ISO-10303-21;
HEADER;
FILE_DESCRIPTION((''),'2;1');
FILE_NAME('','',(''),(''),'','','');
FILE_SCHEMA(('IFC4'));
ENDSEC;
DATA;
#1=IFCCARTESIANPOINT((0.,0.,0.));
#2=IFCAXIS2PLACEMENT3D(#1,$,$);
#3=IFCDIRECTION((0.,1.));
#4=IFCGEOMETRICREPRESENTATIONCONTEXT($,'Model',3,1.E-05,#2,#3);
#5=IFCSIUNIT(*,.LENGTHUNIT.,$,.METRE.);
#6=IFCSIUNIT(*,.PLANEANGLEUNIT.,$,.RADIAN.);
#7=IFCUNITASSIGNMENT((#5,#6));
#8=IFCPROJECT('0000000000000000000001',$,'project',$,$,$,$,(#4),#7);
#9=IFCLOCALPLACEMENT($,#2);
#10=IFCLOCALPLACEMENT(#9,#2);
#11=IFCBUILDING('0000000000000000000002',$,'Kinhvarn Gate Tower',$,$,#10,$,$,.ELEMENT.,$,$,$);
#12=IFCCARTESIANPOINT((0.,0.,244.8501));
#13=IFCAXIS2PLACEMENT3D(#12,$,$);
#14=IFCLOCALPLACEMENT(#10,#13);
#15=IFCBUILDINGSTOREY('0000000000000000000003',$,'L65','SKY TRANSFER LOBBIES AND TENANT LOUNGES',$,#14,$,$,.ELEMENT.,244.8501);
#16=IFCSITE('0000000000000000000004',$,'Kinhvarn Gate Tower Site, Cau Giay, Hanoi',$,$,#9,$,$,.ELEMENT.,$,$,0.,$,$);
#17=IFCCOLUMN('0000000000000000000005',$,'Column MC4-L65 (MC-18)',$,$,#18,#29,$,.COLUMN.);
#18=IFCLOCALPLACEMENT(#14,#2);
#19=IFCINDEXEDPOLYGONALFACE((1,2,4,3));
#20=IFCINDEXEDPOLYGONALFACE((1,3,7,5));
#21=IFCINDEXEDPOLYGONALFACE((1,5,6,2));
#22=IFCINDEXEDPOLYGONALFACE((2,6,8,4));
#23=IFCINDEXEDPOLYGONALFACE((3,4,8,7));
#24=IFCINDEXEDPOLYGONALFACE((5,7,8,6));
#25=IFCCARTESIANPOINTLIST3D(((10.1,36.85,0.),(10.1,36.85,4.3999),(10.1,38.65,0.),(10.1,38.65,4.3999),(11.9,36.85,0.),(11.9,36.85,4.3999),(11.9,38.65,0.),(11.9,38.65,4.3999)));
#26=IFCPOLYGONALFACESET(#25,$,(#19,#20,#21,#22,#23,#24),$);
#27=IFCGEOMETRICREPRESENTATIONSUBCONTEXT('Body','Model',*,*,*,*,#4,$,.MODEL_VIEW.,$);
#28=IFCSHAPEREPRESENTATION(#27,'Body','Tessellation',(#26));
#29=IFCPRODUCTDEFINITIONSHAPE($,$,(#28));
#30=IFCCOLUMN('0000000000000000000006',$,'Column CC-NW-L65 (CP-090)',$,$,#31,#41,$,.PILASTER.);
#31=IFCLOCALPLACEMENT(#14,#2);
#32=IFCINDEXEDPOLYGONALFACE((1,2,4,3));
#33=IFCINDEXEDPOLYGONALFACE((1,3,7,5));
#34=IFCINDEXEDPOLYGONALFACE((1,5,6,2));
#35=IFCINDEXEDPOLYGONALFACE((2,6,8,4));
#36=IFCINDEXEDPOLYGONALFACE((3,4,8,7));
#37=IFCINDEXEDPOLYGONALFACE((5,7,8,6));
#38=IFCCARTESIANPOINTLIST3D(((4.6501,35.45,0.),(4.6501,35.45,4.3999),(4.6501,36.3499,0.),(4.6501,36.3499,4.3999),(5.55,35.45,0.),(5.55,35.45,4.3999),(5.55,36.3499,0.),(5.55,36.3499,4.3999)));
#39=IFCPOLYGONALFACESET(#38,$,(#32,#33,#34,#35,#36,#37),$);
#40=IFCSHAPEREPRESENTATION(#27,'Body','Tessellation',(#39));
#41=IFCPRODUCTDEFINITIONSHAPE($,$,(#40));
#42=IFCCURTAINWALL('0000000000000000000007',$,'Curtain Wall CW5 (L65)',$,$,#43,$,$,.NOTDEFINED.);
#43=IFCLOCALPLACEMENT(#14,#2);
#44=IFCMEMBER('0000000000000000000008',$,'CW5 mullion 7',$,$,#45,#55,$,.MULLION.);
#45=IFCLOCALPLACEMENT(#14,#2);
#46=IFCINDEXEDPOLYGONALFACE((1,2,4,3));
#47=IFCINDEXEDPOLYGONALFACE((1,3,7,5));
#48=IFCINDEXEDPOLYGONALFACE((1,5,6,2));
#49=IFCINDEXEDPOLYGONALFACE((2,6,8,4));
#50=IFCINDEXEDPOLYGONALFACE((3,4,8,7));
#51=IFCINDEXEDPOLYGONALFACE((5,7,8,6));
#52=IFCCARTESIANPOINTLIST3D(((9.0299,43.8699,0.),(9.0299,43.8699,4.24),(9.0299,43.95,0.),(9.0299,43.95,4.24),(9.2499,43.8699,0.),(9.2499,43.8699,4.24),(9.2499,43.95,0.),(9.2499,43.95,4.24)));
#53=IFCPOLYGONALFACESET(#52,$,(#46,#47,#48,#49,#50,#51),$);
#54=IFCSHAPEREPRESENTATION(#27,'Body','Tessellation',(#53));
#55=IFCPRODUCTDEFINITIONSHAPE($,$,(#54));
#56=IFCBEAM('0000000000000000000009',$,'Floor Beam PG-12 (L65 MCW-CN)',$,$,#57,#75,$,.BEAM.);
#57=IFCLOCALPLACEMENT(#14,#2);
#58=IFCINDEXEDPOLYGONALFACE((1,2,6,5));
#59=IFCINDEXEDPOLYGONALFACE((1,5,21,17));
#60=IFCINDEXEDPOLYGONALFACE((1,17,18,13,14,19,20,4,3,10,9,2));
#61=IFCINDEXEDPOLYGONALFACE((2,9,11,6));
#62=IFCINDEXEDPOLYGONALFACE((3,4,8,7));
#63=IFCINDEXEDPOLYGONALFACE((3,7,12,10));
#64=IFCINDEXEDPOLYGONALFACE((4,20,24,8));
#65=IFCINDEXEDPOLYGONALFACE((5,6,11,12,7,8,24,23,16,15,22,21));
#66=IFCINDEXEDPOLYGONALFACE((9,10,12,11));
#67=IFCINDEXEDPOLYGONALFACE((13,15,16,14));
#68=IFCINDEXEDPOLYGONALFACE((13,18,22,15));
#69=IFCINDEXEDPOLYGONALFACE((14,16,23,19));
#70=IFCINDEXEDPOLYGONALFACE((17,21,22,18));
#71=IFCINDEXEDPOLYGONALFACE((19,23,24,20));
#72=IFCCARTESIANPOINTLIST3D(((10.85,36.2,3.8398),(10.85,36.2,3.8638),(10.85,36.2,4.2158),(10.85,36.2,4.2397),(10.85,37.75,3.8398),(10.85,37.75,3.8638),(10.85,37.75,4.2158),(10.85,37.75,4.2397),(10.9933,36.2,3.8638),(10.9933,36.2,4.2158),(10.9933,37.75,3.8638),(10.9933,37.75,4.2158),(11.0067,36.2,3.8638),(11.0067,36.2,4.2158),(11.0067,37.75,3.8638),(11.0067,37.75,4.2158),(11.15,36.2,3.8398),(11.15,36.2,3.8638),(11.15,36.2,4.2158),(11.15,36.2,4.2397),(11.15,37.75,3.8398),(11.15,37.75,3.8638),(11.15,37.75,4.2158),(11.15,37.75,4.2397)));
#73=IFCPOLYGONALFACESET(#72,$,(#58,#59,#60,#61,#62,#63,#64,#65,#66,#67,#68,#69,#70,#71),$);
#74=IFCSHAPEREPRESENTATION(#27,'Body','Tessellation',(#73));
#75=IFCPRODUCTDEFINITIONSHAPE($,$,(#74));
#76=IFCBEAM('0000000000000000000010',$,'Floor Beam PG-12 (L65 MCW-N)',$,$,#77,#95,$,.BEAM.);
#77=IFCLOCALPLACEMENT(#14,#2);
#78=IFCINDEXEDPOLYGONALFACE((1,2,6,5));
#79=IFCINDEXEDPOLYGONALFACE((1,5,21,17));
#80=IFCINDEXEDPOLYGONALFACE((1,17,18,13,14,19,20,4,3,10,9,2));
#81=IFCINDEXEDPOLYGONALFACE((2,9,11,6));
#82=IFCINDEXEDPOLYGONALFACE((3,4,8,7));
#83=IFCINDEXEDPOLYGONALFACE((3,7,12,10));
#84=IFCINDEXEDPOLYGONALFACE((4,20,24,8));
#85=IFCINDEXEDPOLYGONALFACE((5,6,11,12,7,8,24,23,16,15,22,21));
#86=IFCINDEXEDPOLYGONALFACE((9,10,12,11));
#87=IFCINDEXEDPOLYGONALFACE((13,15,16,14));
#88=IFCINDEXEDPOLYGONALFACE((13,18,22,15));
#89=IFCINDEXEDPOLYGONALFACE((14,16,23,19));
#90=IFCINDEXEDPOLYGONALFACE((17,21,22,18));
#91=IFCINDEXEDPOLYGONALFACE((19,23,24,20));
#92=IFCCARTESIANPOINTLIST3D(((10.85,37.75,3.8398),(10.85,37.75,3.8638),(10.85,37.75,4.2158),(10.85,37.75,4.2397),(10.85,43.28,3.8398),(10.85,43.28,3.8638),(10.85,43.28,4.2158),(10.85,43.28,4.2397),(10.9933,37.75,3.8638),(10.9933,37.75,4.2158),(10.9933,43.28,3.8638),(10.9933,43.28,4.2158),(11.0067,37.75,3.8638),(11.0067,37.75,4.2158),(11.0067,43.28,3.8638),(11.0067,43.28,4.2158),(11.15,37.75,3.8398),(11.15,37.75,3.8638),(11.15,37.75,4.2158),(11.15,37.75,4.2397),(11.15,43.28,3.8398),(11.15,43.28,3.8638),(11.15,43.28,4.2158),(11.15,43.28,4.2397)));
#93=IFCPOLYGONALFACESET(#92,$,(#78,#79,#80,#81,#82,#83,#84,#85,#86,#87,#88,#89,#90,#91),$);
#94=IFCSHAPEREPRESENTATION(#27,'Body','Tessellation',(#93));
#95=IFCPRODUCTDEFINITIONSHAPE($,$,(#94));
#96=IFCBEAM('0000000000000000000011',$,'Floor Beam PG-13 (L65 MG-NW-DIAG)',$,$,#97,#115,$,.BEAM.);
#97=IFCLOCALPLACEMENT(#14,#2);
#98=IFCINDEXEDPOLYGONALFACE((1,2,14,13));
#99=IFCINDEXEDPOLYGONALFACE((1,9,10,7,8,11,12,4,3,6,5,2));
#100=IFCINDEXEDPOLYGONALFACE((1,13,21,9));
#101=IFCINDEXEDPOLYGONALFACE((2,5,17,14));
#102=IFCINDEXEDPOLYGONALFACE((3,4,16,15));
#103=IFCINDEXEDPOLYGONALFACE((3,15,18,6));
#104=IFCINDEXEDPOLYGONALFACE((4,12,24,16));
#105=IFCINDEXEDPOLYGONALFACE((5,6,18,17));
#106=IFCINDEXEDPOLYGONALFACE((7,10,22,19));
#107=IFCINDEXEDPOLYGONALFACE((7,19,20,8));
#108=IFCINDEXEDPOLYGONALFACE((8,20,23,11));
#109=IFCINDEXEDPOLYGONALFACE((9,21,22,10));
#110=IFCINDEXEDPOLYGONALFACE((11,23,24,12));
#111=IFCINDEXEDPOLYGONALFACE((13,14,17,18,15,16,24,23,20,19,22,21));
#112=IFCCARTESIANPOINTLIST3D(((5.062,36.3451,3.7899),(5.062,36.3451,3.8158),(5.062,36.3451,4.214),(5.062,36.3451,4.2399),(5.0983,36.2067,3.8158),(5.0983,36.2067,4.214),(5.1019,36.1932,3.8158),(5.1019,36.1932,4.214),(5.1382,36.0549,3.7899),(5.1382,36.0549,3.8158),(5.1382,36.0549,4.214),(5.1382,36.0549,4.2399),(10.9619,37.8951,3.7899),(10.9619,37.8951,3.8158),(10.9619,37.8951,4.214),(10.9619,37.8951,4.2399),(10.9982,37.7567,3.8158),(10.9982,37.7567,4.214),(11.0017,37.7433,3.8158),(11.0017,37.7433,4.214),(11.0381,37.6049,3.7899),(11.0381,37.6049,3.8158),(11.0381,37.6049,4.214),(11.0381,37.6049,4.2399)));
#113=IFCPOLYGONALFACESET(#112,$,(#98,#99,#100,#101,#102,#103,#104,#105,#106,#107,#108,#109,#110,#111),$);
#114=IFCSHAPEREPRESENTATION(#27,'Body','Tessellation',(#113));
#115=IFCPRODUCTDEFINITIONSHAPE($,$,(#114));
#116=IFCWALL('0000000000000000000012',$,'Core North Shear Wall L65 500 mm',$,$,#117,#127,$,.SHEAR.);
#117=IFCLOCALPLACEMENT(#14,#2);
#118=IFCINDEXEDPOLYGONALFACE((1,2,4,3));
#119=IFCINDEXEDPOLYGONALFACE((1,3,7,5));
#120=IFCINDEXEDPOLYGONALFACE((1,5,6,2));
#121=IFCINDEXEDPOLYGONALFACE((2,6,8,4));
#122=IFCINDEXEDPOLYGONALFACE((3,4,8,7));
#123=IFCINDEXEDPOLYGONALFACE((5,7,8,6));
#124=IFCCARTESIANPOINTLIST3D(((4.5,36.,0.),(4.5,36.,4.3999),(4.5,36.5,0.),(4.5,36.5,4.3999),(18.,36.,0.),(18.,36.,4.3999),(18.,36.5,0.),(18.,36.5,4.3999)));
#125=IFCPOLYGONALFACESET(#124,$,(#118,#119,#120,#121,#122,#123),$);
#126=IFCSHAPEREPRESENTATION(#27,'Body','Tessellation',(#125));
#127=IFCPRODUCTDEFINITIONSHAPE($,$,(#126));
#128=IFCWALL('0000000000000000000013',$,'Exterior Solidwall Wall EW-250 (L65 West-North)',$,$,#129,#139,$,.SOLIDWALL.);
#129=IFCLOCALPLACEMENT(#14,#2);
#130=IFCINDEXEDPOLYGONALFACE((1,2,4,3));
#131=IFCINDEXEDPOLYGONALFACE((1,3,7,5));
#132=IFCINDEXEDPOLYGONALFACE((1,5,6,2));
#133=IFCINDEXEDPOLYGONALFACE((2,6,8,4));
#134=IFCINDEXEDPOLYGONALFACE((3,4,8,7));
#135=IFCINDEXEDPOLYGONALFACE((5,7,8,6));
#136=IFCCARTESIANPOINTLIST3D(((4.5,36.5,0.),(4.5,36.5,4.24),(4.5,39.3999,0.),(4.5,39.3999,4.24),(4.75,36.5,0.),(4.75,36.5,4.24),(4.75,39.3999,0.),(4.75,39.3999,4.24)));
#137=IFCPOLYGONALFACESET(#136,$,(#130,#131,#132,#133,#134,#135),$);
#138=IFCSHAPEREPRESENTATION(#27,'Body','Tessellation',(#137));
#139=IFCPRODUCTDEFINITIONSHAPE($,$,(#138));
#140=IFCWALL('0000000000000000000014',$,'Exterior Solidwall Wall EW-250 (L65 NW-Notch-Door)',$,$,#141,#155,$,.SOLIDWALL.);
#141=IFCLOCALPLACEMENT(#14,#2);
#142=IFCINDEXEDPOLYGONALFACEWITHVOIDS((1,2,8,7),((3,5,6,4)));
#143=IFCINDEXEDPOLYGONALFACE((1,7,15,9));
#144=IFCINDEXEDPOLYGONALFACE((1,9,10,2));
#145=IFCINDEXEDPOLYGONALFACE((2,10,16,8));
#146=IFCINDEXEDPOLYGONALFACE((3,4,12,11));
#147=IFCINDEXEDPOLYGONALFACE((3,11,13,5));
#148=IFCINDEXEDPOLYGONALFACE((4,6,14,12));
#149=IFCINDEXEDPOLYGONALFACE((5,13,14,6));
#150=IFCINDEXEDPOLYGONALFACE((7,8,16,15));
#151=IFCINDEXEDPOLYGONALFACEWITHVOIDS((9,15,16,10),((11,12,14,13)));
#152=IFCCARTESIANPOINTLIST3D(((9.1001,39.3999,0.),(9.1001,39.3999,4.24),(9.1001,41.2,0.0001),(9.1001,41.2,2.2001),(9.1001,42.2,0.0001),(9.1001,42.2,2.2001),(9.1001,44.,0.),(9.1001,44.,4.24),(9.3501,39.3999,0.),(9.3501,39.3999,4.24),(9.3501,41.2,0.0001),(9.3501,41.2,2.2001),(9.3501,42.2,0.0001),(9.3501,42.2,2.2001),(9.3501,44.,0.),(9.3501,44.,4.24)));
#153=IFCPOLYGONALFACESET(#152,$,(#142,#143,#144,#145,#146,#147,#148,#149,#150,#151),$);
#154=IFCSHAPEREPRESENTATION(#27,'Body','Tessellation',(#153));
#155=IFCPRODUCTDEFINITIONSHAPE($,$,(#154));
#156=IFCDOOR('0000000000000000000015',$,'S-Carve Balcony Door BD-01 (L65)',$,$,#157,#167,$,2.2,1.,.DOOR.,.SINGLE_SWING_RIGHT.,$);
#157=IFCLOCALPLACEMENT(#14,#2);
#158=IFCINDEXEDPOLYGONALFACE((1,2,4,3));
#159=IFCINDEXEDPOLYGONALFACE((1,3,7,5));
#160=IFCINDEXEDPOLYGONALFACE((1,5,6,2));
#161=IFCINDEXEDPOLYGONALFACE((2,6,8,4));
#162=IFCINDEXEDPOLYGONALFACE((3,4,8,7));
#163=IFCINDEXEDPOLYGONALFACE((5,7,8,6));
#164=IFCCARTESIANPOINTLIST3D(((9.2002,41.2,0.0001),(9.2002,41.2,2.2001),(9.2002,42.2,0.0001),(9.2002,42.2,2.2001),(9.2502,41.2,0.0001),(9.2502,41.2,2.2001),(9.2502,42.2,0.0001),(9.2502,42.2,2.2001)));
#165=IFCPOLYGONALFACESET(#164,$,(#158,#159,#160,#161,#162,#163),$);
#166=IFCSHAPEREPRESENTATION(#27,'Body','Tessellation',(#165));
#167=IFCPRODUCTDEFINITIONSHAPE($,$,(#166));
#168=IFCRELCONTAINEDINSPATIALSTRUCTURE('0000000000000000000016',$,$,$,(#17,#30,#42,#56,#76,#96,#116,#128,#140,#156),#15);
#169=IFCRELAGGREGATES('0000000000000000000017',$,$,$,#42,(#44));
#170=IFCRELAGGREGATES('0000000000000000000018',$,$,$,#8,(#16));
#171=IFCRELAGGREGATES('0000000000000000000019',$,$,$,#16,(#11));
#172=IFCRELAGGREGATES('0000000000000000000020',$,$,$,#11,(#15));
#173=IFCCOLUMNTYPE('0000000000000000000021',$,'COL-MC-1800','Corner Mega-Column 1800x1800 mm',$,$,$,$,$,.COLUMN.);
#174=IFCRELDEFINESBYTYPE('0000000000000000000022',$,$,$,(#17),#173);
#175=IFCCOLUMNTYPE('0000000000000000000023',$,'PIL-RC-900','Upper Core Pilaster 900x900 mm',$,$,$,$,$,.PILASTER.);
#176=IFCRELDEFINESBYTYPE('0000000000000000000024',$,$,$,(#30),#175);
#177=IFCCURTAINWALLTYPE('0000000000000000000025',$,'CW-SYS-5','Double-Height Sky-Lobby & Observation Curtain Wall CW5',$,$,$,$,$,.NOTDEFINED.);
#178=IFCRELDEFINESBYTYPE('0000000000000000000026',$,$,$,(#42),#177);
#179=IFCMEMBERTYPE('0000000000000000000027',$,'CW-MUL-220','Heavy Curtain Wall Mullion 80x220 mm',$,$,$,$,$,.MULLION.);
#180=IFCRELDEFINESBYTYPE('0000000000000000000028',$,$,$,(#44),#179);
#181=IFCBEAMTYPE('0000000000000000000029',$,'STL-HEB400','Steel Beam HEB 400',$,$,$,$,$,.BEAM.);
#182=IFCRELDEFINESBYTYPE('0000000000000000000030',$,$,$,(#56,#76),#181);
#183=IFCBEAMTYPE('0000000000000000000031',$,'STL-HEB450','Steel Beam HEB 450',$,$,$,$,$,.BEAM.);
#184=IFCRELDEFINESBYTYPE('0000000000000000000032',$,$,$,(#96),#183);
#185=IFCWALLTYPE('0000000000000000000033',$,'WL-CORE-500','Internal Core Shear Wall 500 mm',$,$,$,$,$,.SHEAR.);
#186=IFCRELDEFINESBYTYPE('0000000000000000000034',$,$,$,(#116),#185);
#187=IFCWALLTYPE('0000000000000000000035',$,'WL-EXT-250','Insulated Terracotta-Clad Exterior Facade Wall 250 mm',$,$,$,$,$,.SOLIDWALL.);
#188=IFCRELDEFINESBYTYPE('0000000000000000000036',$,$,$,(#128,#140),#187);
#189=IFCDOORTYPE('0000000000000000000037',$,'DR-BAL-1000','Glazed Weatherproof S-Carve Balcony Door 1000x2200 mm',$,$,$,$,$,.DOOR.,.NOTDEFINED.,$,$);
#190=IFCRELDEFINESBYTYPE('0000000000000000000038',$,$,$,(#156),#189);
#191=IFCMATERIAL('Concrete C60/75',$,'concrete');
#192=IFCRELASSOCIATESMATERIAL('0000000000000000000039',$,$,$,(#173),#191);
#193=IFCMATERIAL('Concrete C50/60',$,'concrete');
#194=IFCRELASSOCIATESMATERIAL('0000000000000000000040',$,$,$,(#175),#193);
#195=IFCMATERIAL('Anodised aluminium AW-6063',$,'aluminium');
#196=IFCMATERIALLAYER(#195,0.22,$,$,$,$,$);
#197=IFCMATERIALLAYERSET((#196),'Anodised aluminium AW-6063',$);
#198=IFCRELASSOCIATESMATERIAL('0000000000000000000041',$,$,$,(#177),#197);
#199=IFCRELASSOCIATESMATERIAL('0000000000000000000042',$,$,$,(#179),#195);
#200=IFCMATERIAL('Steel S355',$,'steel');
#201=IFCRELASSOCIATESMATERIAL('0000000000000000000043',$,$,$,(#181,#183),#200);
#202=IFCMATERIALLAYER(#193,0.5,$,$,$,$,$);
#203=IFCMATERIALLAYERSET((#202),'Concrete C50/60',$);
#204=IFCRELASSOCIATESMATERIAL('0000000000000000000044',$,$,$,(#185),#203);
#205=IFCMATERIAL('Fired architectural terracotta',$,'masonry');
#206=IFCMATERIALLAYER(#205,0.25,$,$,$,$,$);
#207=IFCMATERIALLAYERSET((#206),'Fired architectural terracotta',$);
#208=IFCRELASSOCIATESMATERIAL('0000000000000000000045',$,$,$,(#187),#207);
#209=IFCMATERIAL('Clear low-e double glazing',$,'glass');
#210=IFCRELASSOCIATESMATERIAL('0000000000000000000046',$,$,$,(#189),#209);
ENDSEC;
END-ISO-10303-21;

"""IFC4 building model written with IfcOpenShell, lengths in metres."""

from ifc_helpers import new_model, si_unit, direction, frame, frame_2d, origin, origin_2d, place, context, subcontext, project, spatial, rectangle, i_section, extrude, material, layer, layer_set, material_profile, profile_set, type_object, element, fill, aggregate, save


model = new_model("IFC4")

# Units and contexts
model_context = context("Model", 3, precision=1e-05, world=origin(), true_north=direction((0.0, 1.0)))
body_context = subcontext(model_context, "Body", "Model", "MODEL_VIEW")
ifc_project = project(units=[si_unit("LENGTHUNIT", "METRE"), si_unit("PLANEANGLEUNIT", "RADIAN")], contexts=[model_context])

# Site, building, storey
site_placement = place(None, origin())
site = spatial("IfcSite", under=ifc_project, at=site_placement, Name="Kinhvarn Gate Tower Site, Cau Giay, Hanoi", CompositionType="ELEMENT", RefElevation=0.0)
building_placement = place(site_placement, origin())
building = spatial("IfcBuilding", under=site, at=building_placement, Name="Kinhvarn Gate Tower", CompositionType="ELEMENT")
storey_placement = place(building_placement, frame((0.0, 0.0, 244.8501)))
storey = spatial("IfcBuildingStorey", under=building, at=storey_placement, Name="L65", Description="SKY TRANSFER LOBBIES AND TENANT LOUNGES", CompositionType="ELEMENT", Elevation=244.8501)

# Columns
ifc_material_1 = material(Name="Concrete C60/75", Category="concrete")
ifc_material_profile_1 = material_profile(ifc_material_1, rectangle(XDim=1.8, YDim=1.8, at=origin_2d()), Name="RC 1800x1800")
ifc_profile_set_1 = profile_set([ifc_material_profile_1], Name="Concrete C60/75")
column_type_1 = type_object("IfcColumnType", Name="COL-MC-1800", Description="Corner Mega-Column 1800x1800 mm", PredefinedType="COLUMN", material=ifc_profile_set_1)
column_1_placement = place(storey_placement, frame((11.0, 37.75, 0.0), z_axis=(0.0, 0.0, 1.0), x_axis=(1.0, 0.0, 0.0)))
element("IfcColumn", 1, at=column_1_placement, inside=storey, type_object=column_type_1, Name="Column MC4-L65 (MC-18)", PredefinedType="COLUMN", context=body_context, shape_type="SweptSolid", body=[
    extrude(rectangle(XDim=1.8, YDim=1.8, at=origin_2d()), origin(), (0.0, 0.0, 1.0), 4.3999),
])
ifc_material_2 = material(Name="Concrete C50/60", Category="concrete")
ifc_material_profile_2 = material_profile(ifc_material_2, rectangle(XDim=0.8999, YDim=0.8999, at=origin_2d()), Name="RC 900x900")
ifc_profile_set_2 = profile_set([ifc_material_profile_2], Name="Concrete C50/60")
column_type_2 = type_object("IfcColumnType", Name="PIL-RC-900", Description="Upper Core Pilaster 900x900 mm", PredefinedType="PILASTER", material=ifc_profile_set_2)
column_2_placement = place(storey_placement, frame((5.1001, 35.8999, 0.0), z_axis=(0.0, 0.0, 1.0), x_axis=(1.0, 0.0, 0.0)))
element("IfcColumn", 2, at=column_2_placement, inside=storey, type_object=column_type_2, Name="Column CC-NW-L65 (CP-090)", PredefinedType="PILASTER", context=body_context, shape_type="SweptSolid", body=[
    extrude(rectangle(XDim=0.8999, YDim=0.8999, at=origin_2d()), origin(), (0.0, 0.0, 1.0), 4.3999),
])

# Curtain wall, member
ifc_material_3 = material(Name="Anodised aluminium AW-6063", Category="aluminium")
ifc_layer_1 = layer(ifc_material_3, 0.22)
ifc_layer_set_1 = layer_set([ifc_layer_1], Name="Anodised aluminium AW-6063")
curtain_wall_type = type_object("IfcCurtainWallType", Name="CW-SYS-5", Description="Double-Height Sky-Lobby & Observation Curtain Wall CW5", PredefinedType="NOTDEFINED", material=ifc_layer_set_1)
curtain_wall_placement = place(storey_placement, origin())
curtain_wall = element("IfcCurtainWall", 3, at=curtain_wall_placement, inside=storey, type_object=curtain_wall_type, Name="Curtain Wall CW5 (L65)", PredefinedType="NOTDEFINED")
ifc_material_profile_3 = material_profile(ifc_material_3, rectangle(XDim=0.0801, YDim=0.22, at=origin_2d()), Name="ALU 80x220")
ifc_profile_set_3 = profile_set([ifc_material_profile_3], Name="Anodised aluminium AW-6063")
member_type = type_object("IfcMemberType", Name="CW-MUL-220", Description="Heavy Curtain Wall Mullion 80x220 mm", PredefinedType="MULLION", material=ifc_profile_set_3)
member_placement = place(storey_placement, frame((9.1399, 43.9099, 0.0), z_axis=(0.0, 0.0, 1.0), x_axis=(0.0, -1.0, 0.0)))
member = element("IfcMember", 4, at=member_placement, type_object=member_type, Name="CW5 mullion 7", PredefinedType="MULLION", context=body_context, shape_type="SweptSolid", body=[
    extrude(rectangle(XDim=0.0801, YDim=0.22, at=origin_2d()), origin(), (0.0, 0.0, 1.0), 4.24),
])
aggregate(curtain_wall, [member])

# Beams
ifc_material_4 = material(Name="Steel S355", Category="steel")
ifc_material_profile_4 = material_profile(ifc_material_4, i_section(OverallWidth=0.3, OverallDepth=0.3999, WebThickness=0.0134, FlangeThickness=0.0239, at=origin_2d()), Name="HEB 400")
ifc_profile_set_4 = profile_set([ifc_material_profile_4], Name="Steel S355")
beam_type_1 = type_object("IfcBeamType", Name="STL-HEB400", Description="Steel Beam HEB 400", PredefinedType="BEAM", material=ifc_profile_set_4)
beam_1_placement = place(storey_placement, frame((11.0, 36.2, 4.0398), z_axis=(0.0, 1.0, 0.0), x_axis=(-1.0, 0.0, 0.0)))
element("IfcBeam", 5, at=beam_1_placement, inside=storey, type_object=beam_type_1, Name="Floor Beam PG-12 (L65 MCW-CN)", PredefinedType="BEAM", context=body_context, shape_type="SweptSolid", body=[
    extrude(i_section(OverallWidth=0.3, OverallDepth=0.3999, WebThickness=0.0134, FlangeThickness=0.0239, at=origin_2d()), origin(), (0.0, 0.0, 1.0), 1.55),
])
beam_2_placement = place(storey_placement, frame((11.0, 37.75, 4.0398), z_axis=(0.0, 1.0, 0.0), x_axis=(-1.0, 0.0, 0.0)))
element("IfcBeam", 6, at=beam_2_placement, inside=storey, type_object=beam_type_1, Name="Floor Beam PG-12 (L65 MCW-N)", PredefinedType="BEAM", context=body_context, shape_type="SweptSolid", body=[
    extrude(i_section(OverallWidth=0.3, OverallDepth=0.3999, WebThickness=0.0134, FlangeThickness=0.0239, at=origin_2d()), origin(), (0.0, 0.0, 1.0), 5.53),
])
ifc_material_profile_5 = material_profile(ifc_material_4, i_section(OverallWidth=0.3, OverallDepth=0.45, WebThickness=0.0139, FlangeThickness=0.0259, at=origin_2d()), Name="HEB 450")
ifc_profile_set_5 = profile_set([ifc_material_profile_5], Name="Steel S355")
beam_type_2 = type_object("IfcBeamType", Name="STL-HEB450", Description="Steel Beam HEB 450", PredefinedType="BEAM", material=ifc_profile_set_5)
beam_3_placement = place(storey_placement, frame((5.1001, 36.2, 4.0149), z_axis=(0.967178, 0.254101, 0.0), x_axis=(-0.254101, 0.967178, 0.0)))
element("IfcBeam", 7, at=beam_3_placement, inside=storey, type_object=beam_type_2, Name="Floor Beam PG-13 (L65 MG-NW-DIAG)", PredefinedType="BEAM", context=body_context, shape_type="SweptSolid", body=[
    extrude(i_section(OverallWidth=0.3, OverallDepth=0.45, WebThickness=0.0139, FlangeThickness=0.0259, at=origin_2d()), origin(), (0.0, 0.0, 1.0), 6.1001),
])

# Walls
ifc_layer_2 = layer(ifc_material_2, 0.5)
ifc_layer_set_2 = layer_set([ifc_layer_2], Name="Concrete C50/60")
wall_type_1 = type_object("IfcWallType", Name="WL-CORE-500", Description="Internal Core Shear Wall 500 mm", PredefinedType="SHEAR", material=ifc_layer_set_2)
wall_1_placement = place(storey_placement, frame((4.5, 36.25, 0.0), z_axis=(0.0, 0.0, 1.0), x_axis=(1.0, 0.0, 0.0)))
element("IfcWall", 8, at=wall_1_placement, inside=storey, type_object=wall_type_1, Name="Core North Shear Wall L65 500 mm", PredefinedType="SHEAR", context=body_context, shape_type="SweptSolid", body=[
    extrude(rectangle(XDim=13.5, YDim=0.5, at=frame_2d((6.75, 0.0))), origin(), (0.0, 0.0, 1.0), 4.3999),
])
ifc_material_5 = material(Name="Fired architectural terracotta", Category="masonry")
ifc_layer_3 = layer(ifc_material_5, 0.25)
ifc_layer_set_3 = layer_set([ifc_layer_3], Name="Fired architectural terracotta")
wall_type_2 = type_object("IfcWallType", Name="WL-EXT-250", Description="Insulated Terracotta-Clad Exterior Facade Wall 250 mm", PredefinedType="SOLIDWALL", material=ifc_layer_set_3)
wall_2_placement = place(storey_placement, frame((4.625, 39.3999, 0.0), z_axis=(0.0, 0.0, 1.0), x_axis=(0.0, -1.0, 0.0)))
element("IfcWall", 9, at=wall_2_placement, inside=storey, type_object=wall_type_2, Name="Exterior Solidwall Wall EW-250 (L65 West-North)", PredefinedType="SOLIDWALL", context=body_context, shape_type="SweptSolid", body=[
    extrude(rectangle(XDim=2.8999, YDim=0.25, at=frame_2d((1.45, 0.0))), origin(), (0.0, 0.0, 1.0), 4.24),
])

# Wall, opening, door
wall_3_placement = place(storey_placement, frame((9.2251, 44.0, 0.0), z_axis=(0.0, 0.0, 1.0), x_axis=(0.0, -1.0, 0.0)))
wall_3 = element("IfcWall", 10, at=wall_3_placement, inside=storey, type_object=wall_type_2, Name="Exterior Solidwall Wall EW-250 (L65 NW-Notch-Door)", PredefinedType="SOLIDWALL", context=body_context, shape_type="SweptSolid", body=[
    extrude(rectangle(XDim=4.6001, YDim=0.25, at=frame_2d((2.3, 0.0))), origin(), (0.0, 0.0, 1.0), 4.24),
])
opening_1_placement = place(wall_3_placement, frame((1.8, 0.0, 0.0)))
opening_1 = element("IfcOpeningElement", 11, at=opening_1_placement, cuts=wall_3, PredefinedType="OPENING", context=body_context, shape_type="SweptSolid", body=[
    extrude(rectangle(XDim=1.0, YDim=2.2, at=frame_2d((0.5, 1.1001))), frame((0.0, 0.135, 0.0), z_axis=(0.0, -1.0, 0.0), x_axis=(1.0, 0.0, 0.0)), (0.0, 0.0, 1.0), 0.27),
])
ifc_material_6 = material(Name="Clear low-e double glazing", Category="glass")
door_type = type_object("IfcDoorType", Name="DR-BAL-1000", Description="Glazed Weatherproof S-Carve Balcony Door 1000x2200 mm", OperationType="NOTDEFINED", PredefinedType="DOOR", material=ifc_material_6)
door_placement = place(opening_1_placement, frame((1.0, 0.0, 0.0), z_axis=(0.0, 0.0, 1.0), x_axis=(-1.0, 0.0, 0.0)))
door = element("IfcDoor", 12, at=door_placement, inside=storey, type_object=door_type, Name="S-Carve Balcony Door BD-01 (L65)", OperationType="SINGLE_SWING_RIGHT", OverallHeight=2.2, OverallWidth=1.0, PredefinedType="DOOR", context=body_context, shape_type="SweptSolid", body=[
    extrude(rectangle(XDim=1.0, YDim=2.2, at=frame_2d((0.5, 1.1001))), frame((0.0, 0.0249, 0.0), z_axis=(0.0, -1.0, 0.0), x_axis=(1.0, 0.0, 0.0)), (0.0, 0.0, 1.0), 0.05),
])
fill(opening_1, door)

save(model, "model.ifc")
